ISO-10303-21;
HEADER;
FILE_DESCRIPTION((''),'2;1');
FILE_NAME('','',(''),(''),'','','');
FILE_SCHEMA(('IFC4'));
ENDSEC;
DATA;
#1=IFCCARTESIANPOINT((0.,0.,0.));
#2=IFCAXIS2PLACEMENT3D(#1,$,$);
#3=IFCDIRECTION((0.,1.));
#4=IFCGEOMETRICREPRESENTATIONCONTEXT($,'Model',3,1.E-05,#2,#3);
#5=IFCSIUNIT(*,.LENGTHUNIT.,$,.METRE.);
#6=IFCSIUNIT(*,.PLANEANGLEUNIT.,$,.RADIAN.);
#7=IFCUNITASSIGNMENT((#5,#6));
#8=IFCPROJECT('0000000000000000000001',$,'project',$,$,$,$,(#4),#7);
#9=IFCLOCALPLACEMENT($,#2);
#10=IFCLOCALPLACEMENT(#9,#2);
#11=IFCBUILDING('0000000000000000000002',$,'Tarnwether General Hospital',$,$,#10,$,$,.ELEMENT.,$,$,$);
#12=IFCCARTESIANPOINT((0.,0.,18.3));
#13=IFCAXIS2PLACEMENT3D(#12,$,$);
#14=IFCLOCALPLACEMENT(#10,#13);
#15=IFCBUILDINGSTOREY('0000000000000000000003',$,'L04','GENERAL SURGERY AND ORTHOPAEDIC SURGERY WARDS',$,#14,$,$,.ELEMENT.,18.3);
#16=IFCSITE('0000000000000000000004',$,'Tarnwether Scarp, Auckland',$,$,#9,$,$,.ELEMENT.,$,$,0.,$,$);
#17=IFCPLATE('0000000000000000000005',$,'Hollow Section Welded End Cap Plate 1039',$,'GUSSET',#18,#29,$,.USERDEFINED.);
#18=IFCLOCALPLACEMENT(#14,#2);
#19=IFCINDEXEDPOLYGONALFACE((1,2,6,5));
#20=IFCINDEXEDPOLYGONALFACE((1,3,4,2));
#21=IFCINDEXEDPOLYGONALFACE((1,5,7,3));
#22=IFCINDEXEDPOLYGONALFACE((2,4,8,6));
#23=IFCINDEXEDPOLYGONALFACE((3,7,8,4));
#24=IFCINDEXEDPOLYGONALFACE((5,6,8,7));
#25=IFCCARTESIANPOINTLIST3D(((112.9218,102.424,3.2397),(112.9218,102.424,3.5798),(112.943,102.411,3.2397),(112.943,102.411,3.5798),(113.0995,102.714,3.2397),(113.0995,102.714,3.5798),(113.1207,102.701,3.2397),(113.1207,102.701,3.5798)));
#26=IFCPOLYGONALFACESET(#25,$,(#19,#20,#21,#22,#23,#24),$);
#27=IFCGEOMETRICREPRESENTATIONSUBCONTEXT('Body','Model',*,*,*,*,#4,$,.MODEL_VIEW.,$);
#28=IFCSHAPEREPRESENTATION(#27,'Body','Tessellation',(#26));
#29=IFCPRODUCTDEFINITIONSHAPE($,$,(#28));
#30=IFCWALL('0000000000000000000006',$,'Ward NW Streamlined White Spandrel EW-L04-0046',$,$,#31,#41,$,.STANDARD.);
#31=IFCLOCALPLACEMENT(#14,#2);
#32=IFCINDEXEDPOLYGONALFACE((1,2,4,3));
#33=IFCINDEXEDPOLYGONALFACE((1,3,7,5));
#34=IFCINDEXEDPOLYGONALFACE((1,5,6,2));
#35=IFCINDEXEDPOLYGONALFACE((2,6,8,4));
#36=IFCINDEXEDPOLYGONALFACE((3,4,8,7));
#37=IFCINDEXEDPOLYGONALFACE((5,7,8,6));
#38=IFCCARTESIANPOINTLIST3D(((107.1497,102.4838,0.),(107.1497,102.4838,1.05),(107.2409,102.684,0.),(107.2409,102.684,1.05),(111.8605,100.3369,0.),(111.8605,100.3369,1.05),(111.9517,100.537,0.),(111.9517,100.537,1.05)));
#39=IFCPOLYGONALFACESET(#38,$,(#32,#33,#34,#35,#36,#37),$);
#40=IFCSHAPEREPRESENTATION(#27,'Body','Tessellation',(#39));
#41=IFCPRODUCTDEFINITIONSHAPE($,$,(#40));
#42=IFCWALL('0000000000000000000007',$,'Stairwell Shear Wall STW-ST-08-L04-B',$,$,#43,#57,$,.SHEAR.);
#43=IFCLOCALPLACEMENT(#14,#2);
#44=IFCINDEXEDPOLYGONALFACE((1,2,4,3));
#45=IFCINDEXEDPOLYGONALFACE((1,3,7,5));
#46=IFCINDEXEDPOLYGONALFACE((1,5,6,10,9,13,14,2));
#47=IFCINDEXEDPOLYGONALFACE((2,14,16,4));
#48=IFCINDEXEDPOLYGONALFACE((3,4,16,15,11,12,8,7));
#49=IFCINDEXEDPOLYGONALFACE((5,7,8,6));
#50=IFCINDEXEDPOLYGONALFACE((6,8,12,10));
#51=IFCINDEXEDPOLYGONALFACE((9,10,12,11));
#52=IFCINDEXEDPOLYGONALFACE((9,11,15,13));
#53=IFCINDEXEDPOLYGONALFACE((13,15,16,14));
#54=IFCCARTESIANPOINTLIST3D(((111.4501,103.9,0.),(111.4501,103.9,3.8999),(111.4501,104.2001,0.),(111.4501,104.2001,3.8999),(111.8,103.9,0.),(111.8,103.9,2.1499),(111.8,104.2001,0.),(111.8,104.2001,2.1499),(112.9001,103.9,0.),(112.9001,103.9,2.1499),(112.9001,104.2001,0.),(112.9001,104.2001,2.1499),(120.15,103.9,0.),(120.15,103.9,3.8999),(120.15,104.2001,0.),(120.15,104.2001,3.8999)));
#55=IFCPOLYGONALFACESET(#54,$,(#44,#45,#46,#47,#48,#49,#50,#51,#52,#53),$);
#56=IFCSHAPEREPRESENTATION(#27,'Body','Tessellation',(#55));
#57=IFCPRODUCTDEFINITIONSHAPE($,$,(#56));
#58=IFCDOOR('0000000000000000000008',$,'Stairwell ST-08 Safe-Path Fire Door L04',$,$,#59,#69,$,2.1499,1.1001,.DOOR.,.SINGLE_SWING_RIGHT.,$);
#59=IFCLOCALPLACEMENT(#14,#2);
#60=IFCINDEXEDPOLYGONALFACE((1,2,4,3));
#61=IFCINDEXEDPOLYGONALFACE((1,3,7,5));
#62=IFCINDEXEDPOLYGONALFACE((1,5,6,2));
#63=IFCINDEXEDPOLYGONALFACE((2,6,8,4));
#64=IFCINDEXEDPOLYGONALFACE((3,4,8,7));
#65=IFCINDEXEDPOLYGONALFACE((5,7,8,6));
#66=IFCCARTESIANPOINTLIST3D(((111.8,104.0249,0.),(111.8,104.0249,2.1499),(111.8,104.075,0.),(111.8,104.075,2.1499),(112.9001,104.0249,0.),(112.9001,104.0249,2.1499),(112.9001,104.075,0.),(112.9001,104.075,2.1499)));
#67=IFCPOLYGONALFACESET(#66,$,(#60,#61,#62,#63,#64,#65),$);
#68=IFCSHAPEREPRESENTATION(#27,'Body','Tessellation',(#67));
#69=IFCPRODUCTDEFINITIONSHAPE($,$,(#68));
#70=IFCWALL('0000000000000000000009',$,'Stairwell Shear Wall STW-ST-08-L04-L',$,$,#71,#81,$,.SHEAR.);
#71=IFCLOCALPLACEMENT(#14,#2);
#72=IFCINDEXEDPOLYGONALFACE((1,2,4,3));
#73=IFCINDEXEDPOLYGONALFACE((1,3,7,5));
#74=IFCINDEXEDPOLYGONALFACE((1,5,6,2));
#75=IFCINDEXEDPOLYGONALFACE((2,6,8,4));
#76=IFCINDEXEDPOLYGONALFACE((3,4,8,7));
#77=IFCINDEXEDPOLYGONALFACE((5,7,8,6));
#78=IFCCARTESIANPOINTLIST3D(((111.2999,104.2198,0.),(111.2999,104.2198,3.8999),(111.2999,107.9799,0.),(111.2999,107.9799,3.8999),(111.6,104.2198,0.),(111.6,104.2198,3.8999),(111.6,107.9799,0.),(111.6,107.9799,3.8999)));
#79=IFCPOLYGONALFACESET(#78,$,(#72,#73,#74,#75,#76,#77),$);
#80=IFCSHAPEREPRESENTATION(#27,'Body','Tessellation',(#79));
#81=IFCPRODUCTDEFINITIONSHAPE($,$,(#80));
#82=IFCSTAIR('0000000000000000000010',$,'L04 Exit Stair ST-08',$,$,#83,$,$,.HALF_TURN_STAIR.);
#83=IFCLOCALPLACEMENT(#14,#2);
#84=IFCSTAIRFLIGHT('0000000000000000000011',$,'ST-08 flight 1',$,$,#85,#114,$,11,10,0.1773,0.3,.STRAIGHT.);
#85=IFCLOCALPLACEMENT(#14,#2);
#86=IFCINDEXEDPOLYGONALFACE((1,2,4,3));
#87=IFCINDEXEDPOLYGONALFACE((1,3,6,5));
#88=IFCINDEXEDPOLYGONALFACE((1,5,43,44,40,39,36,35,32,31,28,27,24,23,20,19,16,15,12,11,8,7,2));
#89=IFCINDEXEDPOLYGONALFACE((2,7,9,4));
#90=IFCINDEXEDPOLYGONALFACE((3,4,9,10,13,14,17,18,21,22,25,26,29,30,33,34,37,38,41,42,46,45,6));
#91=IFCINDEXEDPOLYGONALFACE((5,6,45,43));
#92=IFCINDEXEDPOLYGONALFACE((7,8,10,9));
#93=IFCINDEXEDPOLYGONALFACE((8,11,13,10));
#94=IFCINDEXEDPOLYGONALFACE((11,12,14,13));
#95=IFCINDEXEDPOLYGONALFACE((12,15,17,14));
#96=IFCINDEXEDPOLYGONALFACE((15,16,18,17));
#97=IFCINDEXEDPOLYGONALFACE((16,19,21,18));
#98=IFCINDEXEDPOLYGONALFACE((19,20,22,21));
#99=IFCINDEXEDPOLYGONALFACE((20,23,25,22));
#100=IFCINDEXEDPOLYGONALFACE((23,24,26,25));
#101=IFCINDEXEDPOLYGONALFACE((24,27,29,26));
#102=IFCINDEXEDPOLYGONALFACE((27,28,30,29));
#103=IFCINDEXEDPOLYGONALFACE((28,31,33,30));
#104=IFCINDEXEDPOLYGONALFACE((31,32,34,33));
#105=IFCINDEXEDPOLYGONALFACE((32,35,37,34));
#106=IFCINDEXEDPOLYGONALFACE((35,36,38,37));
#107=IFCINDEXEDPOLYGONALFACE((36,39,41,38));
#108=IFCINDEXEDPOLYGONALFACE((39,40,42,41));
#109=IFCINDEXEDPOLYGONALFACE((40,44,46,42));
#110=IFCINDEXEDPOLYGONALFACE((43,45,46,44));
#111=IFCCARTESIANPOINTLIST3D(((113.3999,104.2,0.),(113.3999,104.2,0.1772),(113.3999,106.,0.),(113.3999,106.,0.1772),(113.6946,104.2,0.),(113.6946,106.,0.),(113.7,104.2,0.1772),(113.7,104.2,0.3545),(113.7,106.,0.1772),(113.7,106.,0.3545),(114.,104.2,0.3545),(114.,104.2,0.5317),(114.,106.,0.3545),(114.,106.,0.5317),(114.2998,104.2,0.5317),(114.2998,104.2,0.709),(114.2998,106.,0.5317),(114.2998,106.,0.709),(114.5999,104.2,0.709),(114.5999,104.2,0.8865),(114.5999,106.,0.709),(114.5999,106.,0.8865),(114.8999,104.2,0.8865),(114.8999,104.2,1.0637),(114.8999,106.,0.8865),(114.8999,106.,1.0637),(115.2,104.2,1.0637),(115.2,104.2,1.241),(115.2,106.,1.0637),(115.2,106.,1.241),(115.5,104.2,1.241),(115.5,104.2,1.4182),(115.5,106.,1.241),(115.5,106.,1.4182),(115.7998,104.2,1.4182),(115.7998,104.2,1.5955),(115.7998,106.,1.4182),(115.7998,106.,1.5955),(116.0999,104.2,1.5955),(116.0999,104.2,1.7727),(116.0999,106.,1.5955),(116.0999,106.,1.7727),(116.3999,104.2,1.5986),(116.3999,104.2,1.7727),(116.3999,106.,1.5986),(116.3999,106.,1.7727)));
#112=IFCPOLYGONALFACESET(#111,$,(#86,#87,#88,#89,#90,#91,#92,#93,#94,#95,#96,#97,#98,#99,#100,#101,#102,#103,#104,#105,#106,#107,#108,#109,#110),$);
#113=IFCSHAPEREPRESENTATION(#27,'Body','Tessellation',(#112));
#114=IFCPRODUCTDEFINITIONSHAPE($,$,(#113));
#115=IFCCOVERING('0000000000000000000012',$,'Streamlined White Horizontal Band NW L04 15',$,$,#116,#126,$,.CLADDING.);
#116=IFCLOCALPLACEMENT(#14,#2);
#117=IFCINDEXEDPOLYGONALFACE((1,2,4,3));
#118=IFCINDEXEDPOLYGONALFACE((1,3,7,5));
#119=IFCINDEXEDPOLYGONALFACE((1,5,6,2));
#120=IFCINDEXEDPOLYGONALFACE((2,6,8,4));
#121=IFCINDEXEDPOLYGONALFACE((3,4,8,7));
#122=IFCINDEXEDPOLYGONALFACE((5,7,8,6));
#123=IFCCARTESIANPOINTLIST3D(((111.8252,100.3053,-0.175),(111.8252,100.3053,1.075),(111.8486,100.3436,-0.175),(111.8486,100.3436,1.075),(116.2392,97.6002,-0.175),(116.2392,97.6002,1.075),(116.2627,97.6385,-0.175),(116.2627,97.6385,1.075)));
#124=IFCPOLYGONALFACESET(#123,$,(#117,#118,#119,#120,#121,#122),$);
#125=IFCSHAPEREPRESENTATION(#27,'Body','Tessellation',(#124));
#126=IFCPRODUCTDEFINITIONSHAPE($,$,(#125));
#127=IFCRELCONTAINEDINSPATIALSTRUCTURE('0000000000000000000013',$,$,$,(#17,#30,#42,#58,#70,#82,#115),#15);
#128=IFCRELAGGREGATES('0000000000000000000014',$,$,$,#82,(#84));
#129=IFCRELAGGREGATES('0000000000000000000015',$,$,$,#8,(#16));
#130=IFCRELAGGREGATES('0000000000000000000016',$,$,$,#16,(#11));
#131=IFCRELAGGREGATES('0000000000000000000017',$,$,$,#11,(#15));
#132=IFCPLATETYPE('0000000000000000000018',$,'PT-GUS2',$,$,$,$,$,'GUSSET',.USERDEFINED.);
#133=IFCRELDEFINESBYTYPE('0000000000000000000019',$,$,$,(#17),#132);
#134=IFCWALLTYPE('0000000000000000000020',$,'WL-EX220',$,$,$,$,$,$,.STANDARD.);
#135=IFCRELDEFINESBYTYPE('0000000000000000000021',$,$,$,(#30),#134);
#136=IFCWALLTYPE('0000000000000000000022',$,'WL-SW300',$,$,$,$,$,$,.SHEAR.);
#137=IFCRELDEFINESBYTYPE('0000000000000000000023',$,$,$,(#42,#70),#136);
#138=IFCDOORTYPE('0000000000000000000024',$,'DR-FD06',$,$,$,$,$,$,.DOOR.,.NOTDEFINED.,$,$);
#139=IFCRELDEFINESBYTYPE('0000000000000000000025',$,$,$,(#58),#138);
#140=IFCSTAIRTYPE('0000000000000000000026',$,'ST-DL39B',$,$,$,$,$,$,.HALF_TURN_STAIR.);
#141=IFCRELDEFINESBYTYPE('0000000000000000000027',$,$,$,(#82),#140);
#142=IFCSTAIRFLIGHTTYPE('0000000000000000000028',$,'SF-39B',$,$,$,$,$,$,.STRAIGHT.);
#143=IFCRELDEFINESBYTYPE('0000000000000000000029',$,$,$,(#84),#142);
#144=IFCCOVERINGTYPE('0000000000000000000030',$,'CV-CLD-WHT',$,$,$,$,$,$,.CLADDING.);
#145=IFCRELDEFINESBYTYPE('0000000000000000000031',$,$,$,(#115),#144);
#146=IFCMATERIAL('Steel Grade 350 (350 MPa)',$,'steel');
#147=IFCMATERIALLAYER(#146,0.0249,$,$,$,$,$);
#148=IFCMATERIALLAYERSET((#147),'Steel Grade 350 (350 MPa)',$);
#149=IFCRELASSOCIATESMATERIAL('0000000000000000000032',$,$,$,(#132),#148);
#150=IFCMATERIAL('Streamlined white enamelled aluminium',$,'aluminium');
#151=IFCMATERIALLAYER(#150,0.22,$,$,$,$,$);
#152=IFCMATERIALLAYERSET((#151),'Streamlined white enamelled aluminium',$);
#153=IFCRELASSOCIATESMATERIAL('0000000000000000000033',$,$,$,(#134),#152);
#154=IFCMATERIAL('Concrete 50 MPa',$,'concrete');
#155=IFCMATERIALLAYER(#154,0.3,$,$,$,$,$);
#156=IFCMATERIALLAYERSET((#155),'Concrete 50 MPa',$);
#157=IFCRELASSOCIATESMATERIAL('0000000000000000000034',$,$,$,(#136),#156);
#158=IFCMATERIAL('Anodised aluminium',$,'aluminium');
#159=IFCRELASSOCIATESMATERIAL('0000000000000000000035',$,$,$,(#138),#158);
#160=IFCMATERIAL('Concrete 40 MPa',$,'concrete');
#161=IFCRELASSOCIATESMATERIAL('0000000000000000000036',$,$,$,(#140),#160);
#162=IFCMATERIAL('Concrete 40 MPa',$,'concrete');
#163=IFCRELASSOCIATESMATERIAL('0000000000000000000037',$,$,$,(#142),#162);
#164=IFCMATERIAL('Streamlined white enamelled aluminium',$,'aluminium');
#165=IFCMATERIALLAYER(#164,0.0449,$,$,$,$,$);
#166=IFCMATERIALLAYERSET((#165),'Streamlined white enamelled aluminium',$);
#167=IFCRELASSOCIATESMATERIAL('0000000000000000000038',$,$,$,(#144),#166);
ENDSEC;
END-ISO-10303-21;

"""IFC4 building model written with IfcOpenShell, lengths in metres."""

from ifc_helpers import new_model, si_unit, direction, frame, frame_2d, origin, origin_2d, place, context, subcontext, project, spatial, polyline, rectangle, outline, extrude, material, layer, layer_set, type_object, element, fill, aggregate, save


model = new_model("IFC4")

# Units and contexts
model_context = context("Model", 3, precision=1e-05, world=origin(), true_north=direction((0.0, 1.0)))
body_context = subcontext(model_context, "Body", "Model", "MODEL_VIEW")
ifc_project = project(units=[si_unit("LENGTHUNIT", "METRE"), si_unit("PLANEANGLEUNIT", "RADIAN")], contexts=[model_context])

# Site, building, storey
site_placement = place(None, origin())
site = spatial("IfcSite", under=ifc_project, at=site_placement, Name="Tarnwether Scarp, Auckland", CompositionType="ELEMENT", RefElevation=0.0)
building_placement = place(site_placement, origin())
building = spatial("IfcBuilding", under=site, at=building_placement, Name="Tarnwether General Hospital", CompositionType="ELEMENT")
storey_placement = place(building_placement, frame((0.0, 0.0, 18.3)))
storey = spatial("IfcBuildingStorey", under=building, at=storey_placement, Name="L04", Description="GENERAL SURGERY AND ORTHOPAEDIC SURGERY WARDS", CompositionType="ELEMENT", Elevation=18.3)

# Plate
ifc_material_1 = material(Name="Steel Grade 350 (350 MPa)", Category="steel")
ifc_layer_1 = layer(ifc_material_1, 0.0249)
ifc_layer_set_1 = layer_set([ifc_layer_1], Name="Steel Grade 350 (350 MPa)")
plate_type_1 = type_object("IfcPlateType", Name="PT-GUS2", ElementType="GUSSET", PredefinedType="USERDEFINED", material=ifc_layer_set_1)
plate_1_placement = place(storey_placement, frame((113.0212, 102.5625, 3.2397), z_axis=(0.0, 0.0, 1.0), x_axis=(0.852649, -0.522484, 0.0)))
element("IfcPlate", 1, at=plate_1_placement, inside=storey, type_object=plate_type_1, Name="Hollow Section Welded End Cap Plate 1039", ObjectType="GUSSET", PredefinedType="USERDEFINED", context=body_context, shape_type="SweptSolid", body=[
    extrude(rectangle(XDim=0.0249, YDim=0.3401, at=origin_2d()), origin(), (0.0, 0.0, 1.0), 0.3401),
])

# Wall
ifc_material_2 = material(Name="Streamlined white enamelled aluminium", Category="aluminium")
ifc_layer_2 = layer(ifc_material_2, 0.22)
ifc_layer_set_2 = layer_set([ifc_layer_2], Name="Streamlined white enamelled aluminium")
wall_type_1 = type_object("IfcWallType", Name="WL-EX220", PredefinedType="STANDARD", material=ifc_layer_set_2)
wall_1_placement = place(storey_placement, frame((111.906, 100.437, 0.0), z_axis=(0.0, 0.0, 1.0), x_axis=(-0.909956, 0.414705, 0.0)))
element("IfcWall", 2, at=wall_1_placement, inside=storey, type_object=wall_type_1, Name="Ward NW Streamlined White Spandrel EW-L04-0046", PredefinedType="STANDARD", context=body_context, shape_type="SweptSolid", body=[
    extrude(rectangle(XDim=5.177, YDim=0.22, at=frame_2d((2.5884, 0.0))), origin(), (0.0, 0.0, 1.0), 1.05),
])

# Wall, opening, door
ifc_material_3 = material(Name="Concrete 50 MPa", Category="concrete")
ifc_layer_3 = layer(ifc_material_3, 0.3)
ifc_layer_set_3 = layer_set([ifc_layer_3], Name="Concrete 50 MPa")
wall_type_2 = type_object("IfcWallType", Name="WL-SW300", PredefinedType="SHEAR", material=ifc_layer_set_3)
wall_2_placement = place(storey_placement, frame((111.45, 104.05, 0.0), z_axis=(0.0, 0.0, 1.0), x_axis=(1.0, 0.0, 0.0)))
wall_2 = element("IfcWall", 3, at=wall_2_placement, inside=storey, type_object=wall_type_2, Name="Stairwell Shear Wall STW-ST-08-L04-B", PredefinedType="SHEAR", context=body_context, shape_type="SweptSolid", body=[
    extrude(rectangle(XDim=8.7, YDim=0.3, at=frame_2d((4.3501, 0.0))), origin(), (0.0, 0.0, 1.0), 3.8999),
])
opening_placement = place(wall_2_placement, frame((0.3501, 0.0, 0.0)))
opening = element("IfcOpeningElement", 4, at=opening_placement, cuts=wall_2, PredefinedType="OPENING", context=body_context, shape_type="SweptSolid", body=[
    extrude(rectangle(XDim=1.1001, YDim=2.1499, at=frame_2d((0.55, 1.075))), frame((0.0, 0.1602, 0.0), z_axis=(0.0, -1.0, 0.0), x_axis=(1.0, 0.0, 0.0)), (0.0, 0.0, 1.0), 0.3201),
])
ifc_material_4 = material(Name="Anodised aluminium", Category="aluminium")
door_type = type_object("IfcDoorType", Name="DR-FD06", OperationType="NOTDEFINED", PredefinedType="DOOR", material=ifc_material_4)
door_placement = place(opening_placement, origin())
door = element("IfcDoor", 5, at=door_placement, inside=storey, type_object=door_type, Name="Stairwell ST-08 Safe-Path Fire Door L04", OperationType="SINGLE_SWING_RIGHT", OverallHeight=2.1499, OverallWidth=1.1001, PredefinedType="DOOR", context=body_context, shape_type="SweptSolid", body=[
    extrude(rectangle(XDim=1.1001, YDim=2.1499, at=frame_2d((0.55, 1.075))), frame((0.0, 0.0249, 0.0), z_axis=(0.0, -1.0, 0.0), x_axis=(1.0, 0.0, 0.0)), (0.0, 0.0, 1.0), 0.05),
])
fill(opening, door)

# Wall
wall_3_placement = place(storey_placement, frame((111.45, 104.22, 0.0), z_axis=(0.0, 0.0, 1.0), x_axis=(0.0, 1.0, 0.0)))
element("IfcWall", 6, at=wall_3_placement, inside=storey, type_object=wall_type_2, Name="Stairwell Shear Wall STW-ST-08-L04-L", PredefinedType="SHEAR", context=body_context, shape_type="SweptSolid", body=[
    extrude(rectangle(XDim=3.76, YDim=0.3, at=frame_2d((1.8799, 0.0))), origin(), (0.0, 0.0, 1.0), 3.8999),
])

# Stair, stair flight
ifc_material_5 = material(Name="Concrete 40 MPa", Category="concrete")
stair_type = type_object("IfcStairType", Name="ST-DL39B", PredefinedType="HALF_TURN_STAIR", material=ifc_material_5)
stair_placement = place(storey_placement, origin())
stair = element("IfcStair", 7, at=stair_placement, inside=storey, type_object=stair_type, Name="L04 Exit Stair ST-08", PredefinedType="HALF_TURN_STAIR")
ifc_material_6 = material(Name="Concrete 40 MPa", Category="concrete")
stair_flight_type = type_object("IfcStairFlightType", Name="SF-39B", PredefinedType="STRAIGHT", material=ifc_material_6)
stair_flight_placement = place(storey_placement, frame((113.3999, 105.1001, 0.0), z_axis=(0.0, 0.0, 1.0), x_axis=(1.0, 0.0, 0.0)))
stair_flight = element("IfcStairFlight", 8, at=stair_flight_placement, type_object=stair_flight_type, Name="ST-08 flight 1", NumberOfRisers=11, NumberOfTreads=10, PredefinedType="STRAIGHT", RiserHeight=0.1773, TreadLength=0.3, context=body_context, shape_type="SweptSolid", body=[
    extrude(outline(polyline([(0.0, 0.0), (0.0, 0.1772), (0.3, 0.1772), (0.3, 0.3545), (0.6001, 0.3545), (0.6001, 0.5317), (0.8999, 0.5317), (0.8999, 0.709), (1.2, 0.709), (1.2, 0.8865), (1.5, 0.8865), (1.5, 1.0637), (1.8, 1.0637), (1.8, 1.241), (2.1001, 1.241), (2.1001, 1.4182), (2.3999, 1.4182), (2.3999, 1.5955), (2.7, 1.5955), (2.7, 1.7727), (3.0, 1.7727), (3.0, 1.95), (3.0, 1.5986), (0.2947, 0.0), (0.0, 0.0)])), frame((0.0, 0.8999, 0.0), z_axis=(0.0, -1.0, 0.0), x_axis=(1.0, 0.0, 0.0)), (0.0, 0.0, 1.0), 1.8),
])
aggregate(stair, [stair_flight])

# Covering
ifc_material_7 = material(Name="Streamlined white enamelled aluminium", Category="aluminium")
ifc_layer_4 = layer(ifc_material_7, 0.0449)
ifc_layer_set_4 = layer_set([ifc_layer_4], Name="Streamlined white enamelled aluminium")
covering_type = type_object("IfcCoveringType", Name="CV-CLD-WHT", PredefinedType="CLADDING", material=ifc_layer_set_4)
covering_placement = place(storey_placement, frame((114.0439, 98.9719, -0.175), z_axis=(0.0, 0.0, 1.0), x_axis=(-0.852631, 0.522513, 0.0)))
element("IfcCovering", 9, at=covering_placement, inside=storey, type_object=covering_type, Name="Streamlined White Horizontal Band NW L04 15", PredefinedType="CLADDING", context=body_context, shape_type="SweptSolid", body=[
    extrude(rectangle(XDim=5.177, YDim=0.0449, at=origin_2d()), origin(), (0.0, 0.0, 1.0), 1.25),
])

save(model, "model.ifc")
